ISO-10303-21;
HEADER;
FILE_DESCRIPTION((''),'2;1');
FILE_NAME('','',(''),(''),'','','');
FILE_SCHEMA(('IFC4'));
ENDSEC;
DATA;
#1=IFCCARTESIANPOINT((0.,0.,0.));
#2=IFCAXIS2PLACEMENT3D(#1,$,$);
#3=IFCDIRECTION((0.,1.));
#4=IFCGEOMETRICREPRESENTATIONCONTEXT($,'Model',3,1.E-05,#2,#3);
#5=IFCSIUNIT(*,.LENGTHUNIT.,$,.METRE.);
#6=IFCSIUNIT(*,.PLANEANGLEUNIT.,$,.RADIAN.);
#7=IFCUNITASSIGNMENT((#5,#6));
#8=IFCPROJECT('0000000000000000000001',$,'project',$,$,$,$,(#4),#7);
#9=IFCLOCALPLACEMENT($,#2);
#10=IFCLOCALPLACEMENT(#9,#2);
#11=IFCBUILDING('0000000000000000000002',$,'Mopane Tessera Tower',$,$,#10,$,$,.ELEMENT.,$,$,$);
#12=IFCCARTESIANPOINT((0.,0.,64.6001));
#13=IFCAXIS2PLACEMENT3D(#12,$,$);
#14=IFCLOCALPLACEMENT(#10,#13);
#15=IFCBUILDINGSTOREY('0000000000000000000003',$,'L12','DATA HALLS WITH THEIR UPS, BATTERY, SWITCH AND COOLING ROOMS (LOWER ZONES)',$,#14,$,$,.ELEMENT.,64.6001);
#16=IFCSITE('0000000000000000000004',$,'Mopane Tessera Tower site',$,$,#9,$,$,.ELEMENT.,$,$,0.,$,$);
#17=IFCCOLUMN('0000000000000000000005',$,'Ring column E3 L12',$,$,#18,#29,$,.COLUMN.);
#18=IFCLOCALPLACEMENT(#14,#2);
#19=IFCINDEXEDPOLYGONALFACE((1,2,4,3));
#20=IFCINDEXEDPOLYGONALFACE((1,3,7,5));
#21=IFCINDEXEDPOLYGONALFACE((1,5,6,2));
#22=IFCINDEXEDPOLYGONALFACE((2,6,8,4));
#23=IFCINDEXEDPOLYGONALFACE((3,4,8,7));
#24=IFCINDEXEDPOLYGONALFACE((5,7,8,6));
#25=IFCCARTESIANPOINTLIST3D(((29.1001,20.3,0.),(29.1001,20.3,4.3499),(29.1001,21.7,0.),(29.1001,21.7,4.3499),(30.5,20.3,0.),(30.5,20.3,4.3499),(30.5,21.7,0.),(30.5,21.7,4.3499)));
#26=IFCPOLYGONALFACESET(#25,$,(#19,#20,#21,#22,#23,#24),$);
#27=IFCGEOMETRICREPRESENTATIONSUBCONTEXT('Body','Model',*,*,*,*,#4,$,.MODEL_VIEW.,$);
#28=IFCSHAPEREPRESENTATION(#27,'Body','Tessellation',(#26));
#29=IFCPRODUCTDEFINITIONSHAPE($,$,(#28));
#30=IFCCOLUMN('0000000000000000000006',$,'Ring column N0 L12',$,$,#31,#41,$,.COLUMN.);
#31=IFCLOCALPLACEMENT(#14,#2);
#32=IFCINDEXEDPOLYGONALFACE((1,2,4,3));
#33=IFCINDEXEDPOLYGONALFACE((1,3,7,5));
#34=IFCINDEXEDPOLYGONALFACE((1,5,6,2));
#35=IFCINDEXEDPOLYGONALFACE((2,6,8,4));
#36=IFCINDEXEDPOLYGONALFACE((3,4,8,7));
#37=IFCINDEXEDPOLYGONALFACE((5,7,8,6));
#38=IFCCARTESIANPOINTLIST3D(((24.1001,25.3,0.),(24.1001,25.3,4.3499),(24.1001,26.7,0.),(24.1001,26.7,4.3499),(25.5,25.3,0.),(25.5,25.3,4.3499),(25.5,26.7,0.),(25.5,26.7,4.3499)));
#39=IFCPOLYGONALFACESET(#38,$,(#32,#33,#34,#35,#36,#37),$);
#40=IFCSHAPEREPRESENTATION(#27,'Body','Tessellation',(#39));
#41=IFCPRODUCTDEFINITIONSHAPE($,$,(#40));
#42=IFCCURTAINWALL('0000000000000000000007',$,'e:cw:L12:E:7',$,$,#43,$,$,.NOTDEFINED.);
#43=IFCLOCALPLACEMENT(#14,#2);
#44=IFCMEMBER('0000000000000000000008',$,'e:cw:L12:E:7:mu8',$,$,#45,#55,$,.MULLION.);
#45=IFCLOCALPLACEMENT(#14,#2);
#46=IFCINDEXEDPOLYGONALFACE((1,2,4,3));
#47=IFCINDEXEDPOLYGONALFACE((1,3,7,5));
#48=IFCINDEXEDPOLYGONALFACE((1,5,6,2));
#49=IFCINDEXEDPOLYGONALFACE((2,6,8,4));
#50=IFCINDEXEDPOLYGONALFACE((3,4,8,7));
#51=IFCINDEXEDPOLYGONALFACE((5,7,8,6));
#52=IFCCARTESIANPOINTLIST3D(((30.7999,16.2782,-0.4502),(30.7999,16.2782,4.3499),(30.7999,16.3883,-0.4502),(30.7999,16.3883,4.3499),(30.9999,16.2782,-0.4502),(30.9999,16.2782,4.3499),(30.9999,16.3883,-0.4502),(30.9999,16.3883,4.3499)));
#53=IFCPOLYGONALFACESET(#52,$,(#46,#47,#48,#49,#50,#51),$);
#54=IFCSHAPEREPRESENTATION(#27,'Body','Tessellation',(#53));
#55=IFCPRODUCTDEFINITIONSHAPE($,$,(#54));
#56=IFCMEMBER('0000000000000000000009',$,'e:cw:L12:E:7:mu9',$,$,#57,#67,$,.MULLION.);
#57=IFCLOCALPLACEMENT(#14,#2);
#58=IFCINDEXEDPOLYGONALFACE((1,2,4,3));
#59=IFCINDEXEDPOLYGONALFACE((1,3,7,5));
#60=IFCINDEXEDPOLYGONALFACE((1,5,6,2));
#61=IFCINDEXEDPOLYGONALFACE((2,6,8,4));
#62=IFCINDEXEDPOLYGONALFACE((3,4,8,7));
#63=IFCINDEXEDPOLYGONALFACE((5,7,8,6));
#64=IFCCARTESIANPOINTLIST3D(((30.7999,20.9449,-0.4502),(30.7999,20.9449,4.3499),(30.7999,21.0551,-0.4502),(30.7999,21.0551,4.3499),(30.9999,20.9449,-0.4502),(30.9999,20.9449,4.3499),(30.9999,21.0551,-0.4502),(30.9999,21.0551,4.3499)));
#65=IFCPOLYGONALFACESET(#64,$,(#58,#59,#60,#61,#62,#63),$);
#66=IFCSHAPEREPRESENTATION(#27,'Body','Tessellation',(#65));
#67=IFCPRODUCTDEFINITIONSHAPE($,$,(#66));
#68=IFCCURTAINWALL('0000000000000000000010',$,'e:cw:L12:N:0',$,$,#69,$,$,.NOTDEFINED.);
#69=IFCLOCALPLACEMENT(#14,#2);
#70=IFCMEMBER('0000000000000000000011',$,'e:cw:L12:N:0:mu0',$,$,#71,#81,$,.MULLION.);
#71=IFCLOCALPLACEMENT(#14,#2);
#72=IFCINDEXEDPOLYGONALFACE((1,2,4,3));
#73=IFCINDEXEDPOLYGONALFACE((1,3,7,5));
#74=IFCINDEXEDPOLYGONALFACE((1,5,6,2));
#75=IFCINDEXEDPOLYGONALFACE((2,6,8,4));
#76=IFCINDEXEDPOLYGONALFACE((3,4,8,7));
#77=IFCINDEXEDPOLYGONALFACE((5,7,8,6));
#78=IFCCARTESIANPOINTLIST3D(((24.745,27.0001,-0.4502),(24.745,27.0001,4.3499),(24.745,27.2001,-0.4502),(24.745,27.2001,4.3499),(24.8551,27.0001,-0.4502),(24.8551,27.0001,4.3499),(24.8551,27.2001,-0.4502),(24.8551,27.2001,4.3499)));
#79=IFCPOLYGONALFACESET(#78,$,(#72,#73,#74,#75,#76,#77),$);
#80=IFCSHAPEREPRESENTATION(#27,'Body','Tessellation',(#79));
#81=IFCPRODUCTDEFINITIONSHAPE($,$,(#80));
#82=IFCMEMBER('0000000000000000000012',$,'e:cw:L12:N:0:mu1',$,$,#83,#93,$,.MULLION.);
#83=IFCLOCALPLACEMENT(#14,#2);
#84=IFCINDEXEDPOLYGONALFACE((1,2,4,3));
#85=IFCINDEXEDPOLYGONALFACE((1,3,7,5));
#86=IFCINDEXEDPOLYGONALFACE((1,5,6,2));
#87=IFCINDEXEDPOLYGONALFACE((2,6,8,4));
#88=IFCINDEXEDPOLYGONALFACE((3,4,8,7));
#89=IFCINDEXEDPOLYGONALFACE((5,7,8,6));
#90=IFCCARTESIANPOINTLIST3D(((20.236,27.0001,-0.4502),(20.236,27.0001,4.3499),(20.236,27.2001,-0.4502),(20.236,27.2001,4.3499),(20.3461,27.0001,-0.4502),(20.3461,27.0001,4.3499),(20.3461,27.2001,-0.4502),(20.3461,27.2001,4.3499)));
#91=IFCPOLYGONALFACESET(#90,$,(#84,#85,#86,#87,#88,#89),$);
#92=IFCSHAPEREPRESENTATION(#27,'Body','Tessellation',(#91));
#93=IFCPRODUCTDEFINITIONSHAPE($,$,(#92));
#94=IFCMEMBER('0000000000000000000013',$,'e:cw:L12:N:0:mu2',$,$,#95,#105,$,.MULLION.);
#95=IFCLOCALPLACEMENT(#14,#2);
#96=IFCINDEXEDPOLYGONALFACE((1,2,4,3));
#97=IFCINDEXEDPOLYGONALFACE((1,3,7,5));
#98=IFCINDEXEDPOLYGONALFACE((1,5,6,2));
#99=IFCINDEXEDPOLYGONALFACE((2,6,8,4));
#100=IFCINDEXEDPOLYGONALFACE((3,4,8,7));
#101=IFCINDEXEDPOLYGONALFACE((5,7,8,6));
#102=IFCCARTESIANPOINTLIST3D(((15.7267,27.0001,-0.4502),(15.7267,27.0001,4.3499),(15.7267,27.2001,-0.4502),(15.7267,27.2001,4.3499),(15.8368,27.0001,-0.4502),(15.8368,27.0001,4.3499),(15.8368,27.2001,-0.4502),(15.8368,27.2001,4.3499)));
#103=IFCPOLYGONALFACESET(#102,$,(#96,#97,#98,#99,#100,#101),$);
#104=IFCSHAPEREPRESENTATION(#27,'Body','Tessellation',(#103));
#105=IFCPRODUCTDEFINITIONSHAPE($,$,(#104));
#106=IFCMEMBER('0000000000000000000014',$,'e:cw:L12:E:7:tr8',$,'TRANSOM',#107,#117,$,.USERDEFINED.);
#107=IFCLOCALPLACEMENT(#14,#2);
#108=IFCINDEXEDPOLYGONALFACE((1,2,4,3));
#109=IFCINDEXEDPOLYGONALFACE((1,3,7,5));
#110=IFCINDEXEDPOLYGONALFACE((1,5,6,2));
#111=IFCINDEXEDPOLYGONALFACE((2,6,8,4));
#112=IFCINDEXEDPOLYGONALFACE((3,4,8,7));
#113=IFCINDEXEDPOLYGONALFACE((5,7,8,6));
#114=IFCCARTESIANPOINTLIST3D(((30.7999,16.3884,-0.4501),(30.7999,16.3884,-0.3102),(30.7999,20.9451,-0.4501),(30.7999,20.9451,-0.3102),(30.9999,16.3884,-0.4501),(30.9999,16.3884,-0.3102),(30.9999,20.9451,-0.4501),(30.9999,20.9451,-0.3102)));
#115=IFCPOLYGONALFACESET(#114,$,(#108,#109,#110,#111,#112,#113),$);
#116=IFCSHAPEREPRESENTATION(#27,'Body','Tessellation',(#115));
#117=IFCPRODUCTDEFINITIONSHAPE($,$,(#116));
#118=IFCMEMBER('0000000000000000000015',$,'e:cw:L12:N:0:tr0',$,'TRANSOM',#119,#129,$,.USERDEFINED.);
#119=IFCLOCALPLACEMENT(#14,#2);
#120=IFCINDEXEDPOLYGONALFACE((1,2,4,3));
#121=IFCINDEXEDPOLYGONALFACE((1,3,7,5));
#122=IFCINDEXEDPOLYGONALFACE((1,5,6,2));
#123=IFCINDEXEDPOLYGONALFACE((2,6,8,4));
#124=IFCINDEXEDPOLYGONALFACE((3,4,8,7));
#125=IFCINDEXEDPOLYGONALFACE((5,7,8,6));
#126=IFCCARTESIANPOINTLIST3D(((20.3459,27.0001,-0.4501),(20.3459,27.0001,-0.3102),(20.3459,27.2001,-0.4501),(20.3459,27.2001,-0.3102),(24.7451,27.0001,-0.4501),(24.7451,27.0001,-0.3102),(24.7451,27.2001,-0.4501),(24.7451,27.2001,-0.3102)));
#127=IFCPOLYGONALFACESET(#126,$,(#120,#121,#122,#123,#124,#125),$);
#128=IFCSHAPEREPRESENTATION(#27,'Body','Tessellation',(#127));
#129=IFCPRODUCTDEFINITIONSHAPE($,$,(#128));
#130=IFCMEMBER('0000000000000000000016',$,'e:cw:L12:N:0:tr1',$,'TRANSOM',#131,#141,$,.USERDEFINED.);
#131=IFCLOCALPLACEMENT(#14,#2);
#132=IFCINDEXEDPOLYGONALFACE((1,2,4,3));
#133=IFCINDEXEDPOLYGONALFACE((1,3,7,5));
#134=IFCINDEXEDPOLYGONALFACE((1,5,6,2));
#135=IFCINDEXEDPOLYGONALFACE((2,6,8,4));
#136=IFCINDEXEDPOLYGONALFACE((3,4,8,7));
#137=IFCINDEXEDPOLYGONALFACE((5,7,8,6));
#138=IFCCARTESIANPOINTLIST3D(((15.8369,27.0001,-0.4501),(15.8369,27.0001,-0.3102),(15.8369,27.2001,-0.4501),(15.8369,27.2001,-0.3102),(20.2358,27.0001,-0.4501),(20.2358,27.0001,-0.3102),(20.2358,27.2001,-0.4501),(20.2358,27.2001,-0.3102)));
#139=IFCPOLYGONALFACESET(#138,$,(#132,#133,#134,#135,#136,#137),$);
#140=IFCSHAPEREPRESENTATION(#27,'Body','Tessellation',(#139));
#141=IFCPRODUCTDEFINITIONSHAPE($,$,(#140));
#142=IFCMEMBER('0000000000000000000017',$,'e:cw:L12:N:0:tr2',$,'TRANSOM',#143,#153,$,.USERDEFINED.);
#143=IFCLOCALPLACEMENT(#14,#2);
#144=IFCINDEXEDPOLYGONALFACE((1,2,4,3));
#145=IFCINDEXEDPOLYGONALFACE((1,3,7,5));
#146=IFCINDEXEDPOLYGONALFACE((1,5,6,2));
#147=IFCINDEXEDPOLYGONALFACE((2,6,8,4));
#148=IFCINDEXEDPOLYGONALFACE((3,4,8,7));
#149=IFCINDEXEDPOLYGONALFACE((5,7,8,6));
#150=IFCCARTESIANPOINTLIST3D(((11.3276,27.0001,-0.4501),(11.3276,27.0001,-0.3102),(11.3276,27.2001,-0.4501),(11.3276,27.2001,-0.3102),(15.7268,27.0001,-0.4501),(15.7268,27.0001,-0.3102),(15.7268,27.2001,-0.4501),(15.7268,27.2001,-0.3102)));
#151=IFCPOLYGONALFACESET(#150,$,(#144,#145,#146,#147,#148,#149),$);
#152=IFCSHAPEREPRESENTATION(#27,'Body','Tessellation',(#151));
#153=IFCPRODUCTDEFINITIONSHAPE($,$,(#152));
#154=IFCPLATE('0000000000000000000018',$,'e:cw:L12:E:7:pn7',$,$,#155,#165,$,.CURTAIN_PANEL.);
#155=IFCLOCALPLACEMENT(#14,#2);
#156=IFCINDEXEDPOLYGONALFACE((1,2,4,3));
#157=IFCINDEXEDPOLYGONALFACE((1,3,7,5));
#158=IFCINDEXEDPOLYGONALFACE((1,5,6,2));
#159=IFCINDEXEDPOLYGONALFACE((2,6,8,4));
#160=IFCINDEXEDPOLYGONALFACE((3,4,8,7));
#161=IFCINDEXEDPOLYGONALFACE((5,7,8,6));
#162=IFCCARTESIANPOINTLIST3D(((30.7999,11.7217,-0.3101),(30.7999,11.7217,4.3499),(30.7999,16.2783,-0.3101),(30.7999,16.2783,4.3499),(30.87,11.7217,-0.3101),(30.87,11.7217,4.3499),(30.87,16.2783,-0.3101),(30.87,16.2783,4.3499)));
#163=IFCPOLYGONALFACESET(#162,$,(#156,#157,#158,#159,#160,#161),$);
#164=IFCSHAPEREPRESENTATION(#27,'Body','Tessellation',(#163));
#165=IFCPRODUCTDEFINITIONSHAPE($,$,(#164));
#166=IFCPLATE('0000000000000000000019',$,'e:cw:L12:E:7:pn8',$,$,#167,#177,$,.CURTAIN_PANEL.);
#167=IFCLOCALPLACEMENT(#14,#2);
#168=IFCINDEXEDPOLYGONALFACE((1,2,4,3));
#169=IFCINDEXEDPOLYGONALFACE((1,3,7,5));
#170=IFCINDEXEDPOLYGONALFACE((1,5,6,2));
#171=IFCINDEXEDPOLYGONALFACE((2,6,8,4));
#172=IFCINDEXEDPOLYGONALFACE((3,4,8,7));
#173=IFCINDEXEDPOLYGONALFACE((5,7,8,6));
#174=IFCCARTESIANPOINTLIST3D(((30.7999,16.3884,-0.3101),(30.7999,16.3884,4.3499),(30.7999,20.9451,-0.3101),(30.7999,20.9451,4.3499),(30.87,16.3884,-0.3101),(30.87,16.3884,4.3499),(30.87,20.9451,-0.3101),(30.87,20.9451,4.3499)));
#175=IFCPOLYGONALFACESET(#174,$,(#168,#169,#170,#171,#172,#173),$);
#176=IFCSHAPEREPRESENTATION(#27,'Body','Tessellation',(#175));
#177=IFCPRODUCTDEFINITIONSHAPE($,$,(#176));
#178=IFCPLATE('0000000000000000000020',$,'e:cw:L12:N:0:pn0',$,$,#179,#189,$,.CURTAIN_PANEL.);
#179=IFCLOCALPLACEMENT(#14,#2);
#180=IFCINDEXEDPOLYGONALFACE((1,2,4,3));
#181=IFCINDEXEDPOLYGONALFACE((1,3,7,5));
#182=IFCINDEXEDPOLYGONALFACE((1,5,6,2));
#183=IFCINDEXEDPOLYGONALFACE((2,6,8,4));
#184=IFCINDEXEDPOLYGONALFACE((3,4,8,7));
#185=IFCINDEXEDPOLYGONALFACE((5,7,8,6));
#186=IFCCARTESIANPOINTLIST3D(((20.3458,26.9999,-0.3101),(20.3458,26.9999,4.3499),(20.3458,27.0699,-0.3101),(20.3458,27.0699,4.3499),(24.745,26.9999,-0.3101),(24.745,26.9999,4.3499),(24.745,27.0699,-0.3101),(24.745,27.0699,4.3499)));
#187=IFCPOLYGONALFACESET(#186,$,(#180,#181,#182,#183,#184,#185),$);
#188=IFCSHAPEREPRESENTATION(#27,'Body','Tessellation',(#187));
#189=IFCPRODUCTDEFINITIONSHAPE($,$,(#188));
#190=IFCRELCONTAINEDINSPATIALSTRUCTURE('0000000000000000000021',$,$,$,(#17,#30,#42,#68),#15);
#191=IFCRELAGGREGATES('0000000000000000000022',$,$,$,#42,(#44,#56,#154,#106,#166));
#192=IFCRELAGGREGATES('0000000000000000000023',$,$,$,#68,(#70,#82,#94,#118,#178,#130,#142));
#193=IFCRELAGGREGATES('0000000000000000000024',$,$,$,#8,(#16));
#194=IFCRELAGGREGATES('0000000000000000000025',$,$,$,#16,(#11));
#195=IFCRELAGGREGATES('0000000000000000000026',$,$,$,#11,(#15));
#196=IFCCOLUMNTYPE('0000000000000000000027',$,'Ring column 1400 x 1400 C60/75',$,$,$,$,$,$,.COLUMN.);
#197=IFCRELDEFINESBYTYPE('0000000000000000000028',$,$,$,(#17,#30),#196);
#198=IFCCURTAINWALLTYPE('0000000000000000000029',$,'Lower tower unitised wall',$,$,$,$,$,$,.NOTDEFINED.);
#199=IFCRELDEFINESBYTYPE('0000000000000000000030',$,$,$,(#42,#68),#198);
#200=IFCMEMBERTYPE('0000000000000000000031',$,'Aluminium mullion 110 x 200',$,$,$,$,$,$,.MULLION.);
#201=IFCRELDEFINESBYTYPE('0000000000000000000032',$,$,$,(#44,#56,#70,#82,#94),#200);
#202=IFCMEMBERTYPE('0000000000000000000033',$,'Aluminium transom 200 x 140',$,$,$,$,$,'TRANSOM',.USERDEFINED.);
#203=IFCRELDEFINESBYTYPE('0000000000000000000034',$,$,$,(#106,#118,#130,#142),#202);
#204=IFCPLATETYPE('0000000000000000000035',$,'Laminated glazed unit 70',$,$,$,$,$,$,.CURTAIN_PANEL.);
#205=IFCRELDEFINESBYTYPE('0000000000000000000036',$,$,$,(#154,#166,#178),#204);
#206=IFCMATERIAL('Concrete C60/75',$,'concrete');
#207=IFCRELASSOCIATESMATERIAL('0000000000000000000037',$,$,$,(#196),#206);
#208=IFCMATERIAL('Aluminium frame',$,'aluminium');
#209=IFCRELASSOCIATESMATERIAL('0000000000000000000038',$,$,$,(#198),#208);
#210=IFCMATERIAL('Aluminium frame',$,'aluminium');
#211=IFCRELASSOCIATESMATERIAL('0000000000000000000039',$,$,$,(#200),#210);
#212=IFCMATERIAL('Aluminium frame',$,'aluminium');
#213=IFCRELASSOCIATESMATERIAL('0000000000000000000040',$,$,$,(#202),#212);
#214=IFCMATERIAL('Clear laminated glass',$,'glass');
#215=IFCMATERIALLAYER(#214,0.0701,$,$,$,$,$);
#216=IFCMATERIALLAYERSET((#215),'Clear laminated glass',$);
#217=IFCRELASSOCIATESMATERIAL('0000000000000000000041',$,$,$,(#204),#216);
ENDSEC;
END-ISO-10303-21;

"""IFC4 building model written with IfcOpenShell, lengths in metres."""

from ifc_helpers import new_model, si_unit, direction, frame, origin, origin_2d, place, context, subcontext, project, spatial, rectangle, extrude, material, layer, layer_set, material_profile, profile_set, type_object, element, aggregate, save


model = new_model("IFC4")

# Units and contexts
model_context = context("Model", 3, precision=1e-05, world=origin(), true_north=direction((0.0, 1.0)))
body_context = subcontext(model_context, "Body", "Model", "MODEL_VIEW")
ifc_project = project(units=[si_unit("LENGTHUNIT", "METRE"), si_unit("PLANEANGLEUNIT", "RADIAN")], contexts=[model_context])

# Site, building, storey
site_placement = place(None, origin())
site = spatial("IfcSite", under=ifc_project, at=site_placement, Name="Mopane Tessera Tower site", CompositionType="ELEMENT", RefElevation=0.0)
building_placement = place(site_placement, origin())
building = spatial("IfcBuilding", under=site, at=building_placement, Name="Mopane Tessera Tower", CompositionType="ELEMENT")
storey_placement = place(building_placement, frame((0.0, 0.0, 64.6001)))
storey = spatial("IfcBuildingStorey", under=building, at=storey_placement, Name="L12", Description="DATA HALLS WITH THEIR UPS, BATTERY, SWITCH AND COOLING ROOMS (LOWER ZONES)", CompositionType="ELEMENT", Elevation=64.6001)

# Columns
ifc_material_1 = material(Name="Concrete C60/75", Category="concrete")
ifc_material_profile_1 = material_profile(ifc_material_1, rectangle(XDim=1.3999, YDim=1.3999, at=origin_2d()))
ifc_profile_set_1 = profile_set([ifc_material_profile_1], Name="Concrete C60/75")
column_type = type_object("IfcColumnType", Name="Ring column 1400 x 1400 C60/75", PredefinedType="COLUMN", material=ifc_profile_set_1)
for number, where, z_axis, x_axis, name in (
    (1, (29.8, 21.0, 0.0), (0.0, 0.0, 1.0), (1.0, 0.0, 0.0), "Ring column E3 L12"),
    (2, (24.8, 26.0, 0.0), (0.0, 0.0, 1.0), (1.0, 0.0, 0.0), "Ring column N0 L12"),
):
    element("IfcColumn", number, at=place(storey_placement, frame(where, z_axis=z_axis, x_axis=x_axis)), inside=storey, type_object=column_type, Name=name, PredefinedType="COLUMN", context=body_context, shape_type="SweptSolid", body=[
        extrude(rectangle(XDim=1.3999, YDim=1.3999, at=origin_2d()), origin(), (0.0, 0.0, 1.0), 4.3499),
    ])

# Curtain walls, members
ifc_material_2 = material(Name="Aluminium frame", Category="aluminium")
curtain_wall_type = type_object("IfcCurtainWallType", Name="Lower tower unitised wall", PredefinedType="NOTDEFINED", material=ifc_material_2)
curtain_wall_1_placement = place(storey_placement, origin())
curtain_wall_1 = element("IfcCurtainWall", 3, at=curtain_wall_1_placement, inside=storey, type_object=curtain_wall_type, Name="e:cw:L12:E:7", PredefinedType="NOTDEFINED")
ifc_material_3 = material(Name="Aluminium frame", Category="aluminium")
ifc_material_profile_2 = material_profile(ifc_material_3, rectangle(XDim=0.1101, YDim=0.2, at=origin_2d()))
ifc_profile_set_2 = profile_set([ifc_material_profile_2], Name="Aluminium frame")
member_type_1 = type_object("IfcMemberType", Name="Aluminium mullion 110 x 200", PredefinedType="MULLION", material=ifc_profile_set_2)
member_1_placement = place(storey_placement, frame((30.8999, 16.3333, -0.4502), z_axis=(0.0, 0.0, 1.0), x_axis=(0.0, 1.0, 0.0)))
member_1 = element("IfcMember", 4, at=member_1_placement, type_object=member_type_1, Name="e:cw:L12:E:7:mu8", PredefinedType="MULLION", context=body_context, shape_type="SweptSolid", body=[
    extrude(rectangle(XDim=0.1101, YDim=0.2, at=origin_2d()), origin(), (0.0, 0.0, 1.0), 4.8),
])
member_2_placement = place(storey_placement, frame((30.8999, 21.0, -0.4502), z_axis=(0.0, 0.0, 1.0), x_axis=(0.0, 1.0, 0.0)))
member_2 = element("IfcMember", 5, at=member_2_placement, type_object=member_type_1, Name="e:cw:L12:E:7:mu9", PredefinedType="MULLION", context=body_context, shape_type="SweptSolid", body=[
    extrude(rectangle(XDim=0.1101, YDim=0.2, at=origin_2d()), origin(), (0.0, 0.0, 1.0), 4.8),
])
curtain_wall_2_placement = place(storey_placement, origin())
curtain_wall_2 = element("IfcCurtainWall", 6, at=curtain_wall_2_placement, inside=storey, type_object=curtain_wall_type, Name="e:cw:L12:N:0", PredefinedType="NOTDEFINED")
member_3_placement = place(storey_placement, frame((24.8, 27.1001, -0.4502), z_axis=(0.0, 0.0, 1.0), x_axis=(-1.0, 0.0, 0.0)))
member_3 = element("IfcMember", 7, at=member_3_placement, type_object=member_type_1, Name="e:cw:L12:N:0:mu0", PredefinedType="MULLION", context=body_context, shape_type="SweptSolid", body=[
    extrude(rectangle(XDim=0.1101, YDim=0.2, at=origin_2d()), origin(), (0.0, 0.0, 1.0), 4.8),
])
member_4_placement = place(storey_placement, frame((20.291, 27.1001, -0.4502), z_axis=(0.0, 0.0, 1.0), x_axis=(-1.0, 0.0, 0.0)))
member_4 = element("IfcMember", 8, at=member_4_placement, type_object=member_type_1, Name="e:cw:L12:N:0:mu1", PredefinedType="MULLION", context=body_context, shape_type="SweptSolid", body=[
    extrude(rectangle(XDim=0.1101, YDim=0.2, at=origin_2d()), origin(), (0.0, 0.0, 1.0), 4.8),
])
member_5_placement = place(storey_placement, frame((15.7817, 27.1001, -0.4502), z_axis=(0.0, 0.0, 1.0), x_axis=(-1.0, 0.0, 0.0)))
member_5 = element("IfcMember", 9, at=member_5_placement, type_object=member_type_1, Name="e:cw:L12:N:0:mu2", PredefinedType="MULLION", context=body_context, shape_type="SweptSolid", body=[
    extrude(rectangle(XDim=0.1101, YDim=0.2, at=origin_2d()), origin(), (0.0, 0.0, 1.0), 4.8),
])

# Members
ifc_material_4 = material(Name="Aluminium frame", Category="aluminium")
ifc_material_profile_3 = material_profile(ifc_material_4, rectangle(XDim=0.2, YDim=0.1399, at=origin_2d()))
ifc_profile_set_3 = profile_set([ifc_material_profile_3], Name="Aluminium frame")
member_type_2 = type_object("IfcMemberType", Name="Aluminium transom 200 x 140", ElementType="TRANSOM", PredefinedType="USERDEFINED", material=ifc_profile_set_3)
member_6_placement = place(storey_placement, frame((30.8999, 16.3884, -0.3801), z_axis=(0.0, 1.0, 0.0), x_axis=(-1.0, 0.0, 0.0)))
member_6 = element("IfcMember", 10, at=member_6_placement, type_object=member_type_2, Name="e:cw:L12:E:7:tr8", ObjectType="TRANSOM", PredefinedType="USERDEFINED", context=body_context, shape_type="SweptSolid", body=[
    extrude(rectangle(XDim=0.2, YDim=0.1399, at=origin_2d()), origin(), (0.0, 0.0, 1.0), 4.5566),
])
member_7_placement = place(storey_placement, frame((24.7451, 27.1001, -0.3801), z_axis=(-1.0, 0.0, 0.0), x_axis=(0.0, -1.0, 0.0)))
member_7 = element("IfcMember", 11, at=member_7_placement, type_object=member_type_2, Name="e:cw:L12:N:0:tr0", ObjectType="TRANSOM", PredefinedType="USERDEFINED", context=body_context, shape_type="SweptSolid", body=[
    extrude(rectangle(XDim=0.2, YDim=0.1399, at=origin_2d()), origin(), (0.0, 0.0, 1.0), 4.3992),
])
member_8_placement = place(storey_placement, frame((20.2358, 27.1001, -0.3801), z_axis=(-1.0, 0.0, 0.0), x_axis=(0.0, -1.0, 0.0)))
member_8 = element("IfcMember", 12, at=member_8_placement, type_object=member_type_2, Name="e:cw:L12:N:0:tr1", ObjectType="TRANSOM", PredefinedType="USERDEFINED", context=body_context, shape_type="SweptSolid", body=[
    extrude(rectangle(XDim=0.2, YDim=0.1399, at=origin_2d()), origin(), (0.0, 0.0, 1.0), 4.3989),
])
member_9_placement = place(storey_placement, frame((15.7268, 27.1001, -0.3801), z_axis=(-1.0, 0.0, 0.0), x_axis=(0.0, -1.0, 0.0)))
member_9 = element("IfcMember", 13, at=member_9_placement, type_object=member_type_2, Name="e:cw:L12:N:0:tr2", ObjectType="TRANSOM", PredefinedType="USERDEFINED", context=body_context, shape_type="SweptSolid", body=[
    extrude(rectangle(XDim=0.2, YDim=0.1399, at=origin_2d()), origin(), (0.0, 0.0, 1.0), 4.3992),
])

# Plates
ifc_material_5 = material(Name="Clear laminated glass", Category="glass")
ifc_layer_1 = layer(ifc_material_5, 0.0701)
ifc_layer_set_1 = layer_set([ifc_layer_1], Name="Clear laminated glass")
plate_type = type_object("IfcPlateType", Name="Laminated glazed unit 70", PredefinedType="CURTAIN_PANEL", material=ifc_layer_set_1)
plate_1_placement = place(storey_placement, frame((30.835, 14.0, -0.3101), z_axis=(0.0, 0.0, 1.0), x_axis=(0.0, 1.0, 0.0)))
plate_1 = element("IfcPlate", 14, at=plate_1_placement, type_object=plate_type, Name="e:cw:L12:E:7:pn7", PredefinedType="CURTAIN_PANEL", context=body_context, shape_type="SweptSolid", body=[
    extrude(rectangle(XDim=4.5566, YDim=0.0701, at=origin_2d()), origin(), (0.0, 0.0, 1.0), 4.6599),
])
plate_2_placement = place(storey_placement, frame((30.835, 18.6667, -0.3101), z_axis=(0.0, 0.0, 1.0), x_axis=(0.0, 1.0, 0.0)))
plate_2 = element("IfcPlate", 15, at=plate_2_placement, type_object=plate_type, Name="e:cw:L12:E:7:pn8", PredefinedType="CURTAIN_PANEL", context=body_context, shape_type="SweptSolid", body=[
    extrude(rectangle(XDim=4.5566, YDim=0.0701, at=origin_2d()), origin(), (0.0, 0.0, 1.0), 4.6599),
])
aggregate(curtain_wall_1, [member_1, member_2, plate_1, member_6, plate_2])
plate_3_placement = place(storey_placement, frame((22.5454, 27.0349, -0.3101), z_axis=(0.0, 0.0, 1.0), x_axis=(-1.0, 0.0, 0.0)))
plate_3 = element("IfcPlate", 16, at=plate_3_placement, type_object=plate_type, Name="e:cw:L12:N:0:pn0", PredefinedType="CURTAIN_PANEL", context=body_context, shape_type="SweptSolid", body=[
    extrude(rectangle(XDim=4.3992, YDim=0.0701, at=origin_2d()), origin(), (0.0, 0.0, 1.0), 4.6599),
])
aggregate(curtain_wall_2, [member_3, member_4, member_5, member_7, plate_3, member_8, member_9])

save(model, "model.ifc")
